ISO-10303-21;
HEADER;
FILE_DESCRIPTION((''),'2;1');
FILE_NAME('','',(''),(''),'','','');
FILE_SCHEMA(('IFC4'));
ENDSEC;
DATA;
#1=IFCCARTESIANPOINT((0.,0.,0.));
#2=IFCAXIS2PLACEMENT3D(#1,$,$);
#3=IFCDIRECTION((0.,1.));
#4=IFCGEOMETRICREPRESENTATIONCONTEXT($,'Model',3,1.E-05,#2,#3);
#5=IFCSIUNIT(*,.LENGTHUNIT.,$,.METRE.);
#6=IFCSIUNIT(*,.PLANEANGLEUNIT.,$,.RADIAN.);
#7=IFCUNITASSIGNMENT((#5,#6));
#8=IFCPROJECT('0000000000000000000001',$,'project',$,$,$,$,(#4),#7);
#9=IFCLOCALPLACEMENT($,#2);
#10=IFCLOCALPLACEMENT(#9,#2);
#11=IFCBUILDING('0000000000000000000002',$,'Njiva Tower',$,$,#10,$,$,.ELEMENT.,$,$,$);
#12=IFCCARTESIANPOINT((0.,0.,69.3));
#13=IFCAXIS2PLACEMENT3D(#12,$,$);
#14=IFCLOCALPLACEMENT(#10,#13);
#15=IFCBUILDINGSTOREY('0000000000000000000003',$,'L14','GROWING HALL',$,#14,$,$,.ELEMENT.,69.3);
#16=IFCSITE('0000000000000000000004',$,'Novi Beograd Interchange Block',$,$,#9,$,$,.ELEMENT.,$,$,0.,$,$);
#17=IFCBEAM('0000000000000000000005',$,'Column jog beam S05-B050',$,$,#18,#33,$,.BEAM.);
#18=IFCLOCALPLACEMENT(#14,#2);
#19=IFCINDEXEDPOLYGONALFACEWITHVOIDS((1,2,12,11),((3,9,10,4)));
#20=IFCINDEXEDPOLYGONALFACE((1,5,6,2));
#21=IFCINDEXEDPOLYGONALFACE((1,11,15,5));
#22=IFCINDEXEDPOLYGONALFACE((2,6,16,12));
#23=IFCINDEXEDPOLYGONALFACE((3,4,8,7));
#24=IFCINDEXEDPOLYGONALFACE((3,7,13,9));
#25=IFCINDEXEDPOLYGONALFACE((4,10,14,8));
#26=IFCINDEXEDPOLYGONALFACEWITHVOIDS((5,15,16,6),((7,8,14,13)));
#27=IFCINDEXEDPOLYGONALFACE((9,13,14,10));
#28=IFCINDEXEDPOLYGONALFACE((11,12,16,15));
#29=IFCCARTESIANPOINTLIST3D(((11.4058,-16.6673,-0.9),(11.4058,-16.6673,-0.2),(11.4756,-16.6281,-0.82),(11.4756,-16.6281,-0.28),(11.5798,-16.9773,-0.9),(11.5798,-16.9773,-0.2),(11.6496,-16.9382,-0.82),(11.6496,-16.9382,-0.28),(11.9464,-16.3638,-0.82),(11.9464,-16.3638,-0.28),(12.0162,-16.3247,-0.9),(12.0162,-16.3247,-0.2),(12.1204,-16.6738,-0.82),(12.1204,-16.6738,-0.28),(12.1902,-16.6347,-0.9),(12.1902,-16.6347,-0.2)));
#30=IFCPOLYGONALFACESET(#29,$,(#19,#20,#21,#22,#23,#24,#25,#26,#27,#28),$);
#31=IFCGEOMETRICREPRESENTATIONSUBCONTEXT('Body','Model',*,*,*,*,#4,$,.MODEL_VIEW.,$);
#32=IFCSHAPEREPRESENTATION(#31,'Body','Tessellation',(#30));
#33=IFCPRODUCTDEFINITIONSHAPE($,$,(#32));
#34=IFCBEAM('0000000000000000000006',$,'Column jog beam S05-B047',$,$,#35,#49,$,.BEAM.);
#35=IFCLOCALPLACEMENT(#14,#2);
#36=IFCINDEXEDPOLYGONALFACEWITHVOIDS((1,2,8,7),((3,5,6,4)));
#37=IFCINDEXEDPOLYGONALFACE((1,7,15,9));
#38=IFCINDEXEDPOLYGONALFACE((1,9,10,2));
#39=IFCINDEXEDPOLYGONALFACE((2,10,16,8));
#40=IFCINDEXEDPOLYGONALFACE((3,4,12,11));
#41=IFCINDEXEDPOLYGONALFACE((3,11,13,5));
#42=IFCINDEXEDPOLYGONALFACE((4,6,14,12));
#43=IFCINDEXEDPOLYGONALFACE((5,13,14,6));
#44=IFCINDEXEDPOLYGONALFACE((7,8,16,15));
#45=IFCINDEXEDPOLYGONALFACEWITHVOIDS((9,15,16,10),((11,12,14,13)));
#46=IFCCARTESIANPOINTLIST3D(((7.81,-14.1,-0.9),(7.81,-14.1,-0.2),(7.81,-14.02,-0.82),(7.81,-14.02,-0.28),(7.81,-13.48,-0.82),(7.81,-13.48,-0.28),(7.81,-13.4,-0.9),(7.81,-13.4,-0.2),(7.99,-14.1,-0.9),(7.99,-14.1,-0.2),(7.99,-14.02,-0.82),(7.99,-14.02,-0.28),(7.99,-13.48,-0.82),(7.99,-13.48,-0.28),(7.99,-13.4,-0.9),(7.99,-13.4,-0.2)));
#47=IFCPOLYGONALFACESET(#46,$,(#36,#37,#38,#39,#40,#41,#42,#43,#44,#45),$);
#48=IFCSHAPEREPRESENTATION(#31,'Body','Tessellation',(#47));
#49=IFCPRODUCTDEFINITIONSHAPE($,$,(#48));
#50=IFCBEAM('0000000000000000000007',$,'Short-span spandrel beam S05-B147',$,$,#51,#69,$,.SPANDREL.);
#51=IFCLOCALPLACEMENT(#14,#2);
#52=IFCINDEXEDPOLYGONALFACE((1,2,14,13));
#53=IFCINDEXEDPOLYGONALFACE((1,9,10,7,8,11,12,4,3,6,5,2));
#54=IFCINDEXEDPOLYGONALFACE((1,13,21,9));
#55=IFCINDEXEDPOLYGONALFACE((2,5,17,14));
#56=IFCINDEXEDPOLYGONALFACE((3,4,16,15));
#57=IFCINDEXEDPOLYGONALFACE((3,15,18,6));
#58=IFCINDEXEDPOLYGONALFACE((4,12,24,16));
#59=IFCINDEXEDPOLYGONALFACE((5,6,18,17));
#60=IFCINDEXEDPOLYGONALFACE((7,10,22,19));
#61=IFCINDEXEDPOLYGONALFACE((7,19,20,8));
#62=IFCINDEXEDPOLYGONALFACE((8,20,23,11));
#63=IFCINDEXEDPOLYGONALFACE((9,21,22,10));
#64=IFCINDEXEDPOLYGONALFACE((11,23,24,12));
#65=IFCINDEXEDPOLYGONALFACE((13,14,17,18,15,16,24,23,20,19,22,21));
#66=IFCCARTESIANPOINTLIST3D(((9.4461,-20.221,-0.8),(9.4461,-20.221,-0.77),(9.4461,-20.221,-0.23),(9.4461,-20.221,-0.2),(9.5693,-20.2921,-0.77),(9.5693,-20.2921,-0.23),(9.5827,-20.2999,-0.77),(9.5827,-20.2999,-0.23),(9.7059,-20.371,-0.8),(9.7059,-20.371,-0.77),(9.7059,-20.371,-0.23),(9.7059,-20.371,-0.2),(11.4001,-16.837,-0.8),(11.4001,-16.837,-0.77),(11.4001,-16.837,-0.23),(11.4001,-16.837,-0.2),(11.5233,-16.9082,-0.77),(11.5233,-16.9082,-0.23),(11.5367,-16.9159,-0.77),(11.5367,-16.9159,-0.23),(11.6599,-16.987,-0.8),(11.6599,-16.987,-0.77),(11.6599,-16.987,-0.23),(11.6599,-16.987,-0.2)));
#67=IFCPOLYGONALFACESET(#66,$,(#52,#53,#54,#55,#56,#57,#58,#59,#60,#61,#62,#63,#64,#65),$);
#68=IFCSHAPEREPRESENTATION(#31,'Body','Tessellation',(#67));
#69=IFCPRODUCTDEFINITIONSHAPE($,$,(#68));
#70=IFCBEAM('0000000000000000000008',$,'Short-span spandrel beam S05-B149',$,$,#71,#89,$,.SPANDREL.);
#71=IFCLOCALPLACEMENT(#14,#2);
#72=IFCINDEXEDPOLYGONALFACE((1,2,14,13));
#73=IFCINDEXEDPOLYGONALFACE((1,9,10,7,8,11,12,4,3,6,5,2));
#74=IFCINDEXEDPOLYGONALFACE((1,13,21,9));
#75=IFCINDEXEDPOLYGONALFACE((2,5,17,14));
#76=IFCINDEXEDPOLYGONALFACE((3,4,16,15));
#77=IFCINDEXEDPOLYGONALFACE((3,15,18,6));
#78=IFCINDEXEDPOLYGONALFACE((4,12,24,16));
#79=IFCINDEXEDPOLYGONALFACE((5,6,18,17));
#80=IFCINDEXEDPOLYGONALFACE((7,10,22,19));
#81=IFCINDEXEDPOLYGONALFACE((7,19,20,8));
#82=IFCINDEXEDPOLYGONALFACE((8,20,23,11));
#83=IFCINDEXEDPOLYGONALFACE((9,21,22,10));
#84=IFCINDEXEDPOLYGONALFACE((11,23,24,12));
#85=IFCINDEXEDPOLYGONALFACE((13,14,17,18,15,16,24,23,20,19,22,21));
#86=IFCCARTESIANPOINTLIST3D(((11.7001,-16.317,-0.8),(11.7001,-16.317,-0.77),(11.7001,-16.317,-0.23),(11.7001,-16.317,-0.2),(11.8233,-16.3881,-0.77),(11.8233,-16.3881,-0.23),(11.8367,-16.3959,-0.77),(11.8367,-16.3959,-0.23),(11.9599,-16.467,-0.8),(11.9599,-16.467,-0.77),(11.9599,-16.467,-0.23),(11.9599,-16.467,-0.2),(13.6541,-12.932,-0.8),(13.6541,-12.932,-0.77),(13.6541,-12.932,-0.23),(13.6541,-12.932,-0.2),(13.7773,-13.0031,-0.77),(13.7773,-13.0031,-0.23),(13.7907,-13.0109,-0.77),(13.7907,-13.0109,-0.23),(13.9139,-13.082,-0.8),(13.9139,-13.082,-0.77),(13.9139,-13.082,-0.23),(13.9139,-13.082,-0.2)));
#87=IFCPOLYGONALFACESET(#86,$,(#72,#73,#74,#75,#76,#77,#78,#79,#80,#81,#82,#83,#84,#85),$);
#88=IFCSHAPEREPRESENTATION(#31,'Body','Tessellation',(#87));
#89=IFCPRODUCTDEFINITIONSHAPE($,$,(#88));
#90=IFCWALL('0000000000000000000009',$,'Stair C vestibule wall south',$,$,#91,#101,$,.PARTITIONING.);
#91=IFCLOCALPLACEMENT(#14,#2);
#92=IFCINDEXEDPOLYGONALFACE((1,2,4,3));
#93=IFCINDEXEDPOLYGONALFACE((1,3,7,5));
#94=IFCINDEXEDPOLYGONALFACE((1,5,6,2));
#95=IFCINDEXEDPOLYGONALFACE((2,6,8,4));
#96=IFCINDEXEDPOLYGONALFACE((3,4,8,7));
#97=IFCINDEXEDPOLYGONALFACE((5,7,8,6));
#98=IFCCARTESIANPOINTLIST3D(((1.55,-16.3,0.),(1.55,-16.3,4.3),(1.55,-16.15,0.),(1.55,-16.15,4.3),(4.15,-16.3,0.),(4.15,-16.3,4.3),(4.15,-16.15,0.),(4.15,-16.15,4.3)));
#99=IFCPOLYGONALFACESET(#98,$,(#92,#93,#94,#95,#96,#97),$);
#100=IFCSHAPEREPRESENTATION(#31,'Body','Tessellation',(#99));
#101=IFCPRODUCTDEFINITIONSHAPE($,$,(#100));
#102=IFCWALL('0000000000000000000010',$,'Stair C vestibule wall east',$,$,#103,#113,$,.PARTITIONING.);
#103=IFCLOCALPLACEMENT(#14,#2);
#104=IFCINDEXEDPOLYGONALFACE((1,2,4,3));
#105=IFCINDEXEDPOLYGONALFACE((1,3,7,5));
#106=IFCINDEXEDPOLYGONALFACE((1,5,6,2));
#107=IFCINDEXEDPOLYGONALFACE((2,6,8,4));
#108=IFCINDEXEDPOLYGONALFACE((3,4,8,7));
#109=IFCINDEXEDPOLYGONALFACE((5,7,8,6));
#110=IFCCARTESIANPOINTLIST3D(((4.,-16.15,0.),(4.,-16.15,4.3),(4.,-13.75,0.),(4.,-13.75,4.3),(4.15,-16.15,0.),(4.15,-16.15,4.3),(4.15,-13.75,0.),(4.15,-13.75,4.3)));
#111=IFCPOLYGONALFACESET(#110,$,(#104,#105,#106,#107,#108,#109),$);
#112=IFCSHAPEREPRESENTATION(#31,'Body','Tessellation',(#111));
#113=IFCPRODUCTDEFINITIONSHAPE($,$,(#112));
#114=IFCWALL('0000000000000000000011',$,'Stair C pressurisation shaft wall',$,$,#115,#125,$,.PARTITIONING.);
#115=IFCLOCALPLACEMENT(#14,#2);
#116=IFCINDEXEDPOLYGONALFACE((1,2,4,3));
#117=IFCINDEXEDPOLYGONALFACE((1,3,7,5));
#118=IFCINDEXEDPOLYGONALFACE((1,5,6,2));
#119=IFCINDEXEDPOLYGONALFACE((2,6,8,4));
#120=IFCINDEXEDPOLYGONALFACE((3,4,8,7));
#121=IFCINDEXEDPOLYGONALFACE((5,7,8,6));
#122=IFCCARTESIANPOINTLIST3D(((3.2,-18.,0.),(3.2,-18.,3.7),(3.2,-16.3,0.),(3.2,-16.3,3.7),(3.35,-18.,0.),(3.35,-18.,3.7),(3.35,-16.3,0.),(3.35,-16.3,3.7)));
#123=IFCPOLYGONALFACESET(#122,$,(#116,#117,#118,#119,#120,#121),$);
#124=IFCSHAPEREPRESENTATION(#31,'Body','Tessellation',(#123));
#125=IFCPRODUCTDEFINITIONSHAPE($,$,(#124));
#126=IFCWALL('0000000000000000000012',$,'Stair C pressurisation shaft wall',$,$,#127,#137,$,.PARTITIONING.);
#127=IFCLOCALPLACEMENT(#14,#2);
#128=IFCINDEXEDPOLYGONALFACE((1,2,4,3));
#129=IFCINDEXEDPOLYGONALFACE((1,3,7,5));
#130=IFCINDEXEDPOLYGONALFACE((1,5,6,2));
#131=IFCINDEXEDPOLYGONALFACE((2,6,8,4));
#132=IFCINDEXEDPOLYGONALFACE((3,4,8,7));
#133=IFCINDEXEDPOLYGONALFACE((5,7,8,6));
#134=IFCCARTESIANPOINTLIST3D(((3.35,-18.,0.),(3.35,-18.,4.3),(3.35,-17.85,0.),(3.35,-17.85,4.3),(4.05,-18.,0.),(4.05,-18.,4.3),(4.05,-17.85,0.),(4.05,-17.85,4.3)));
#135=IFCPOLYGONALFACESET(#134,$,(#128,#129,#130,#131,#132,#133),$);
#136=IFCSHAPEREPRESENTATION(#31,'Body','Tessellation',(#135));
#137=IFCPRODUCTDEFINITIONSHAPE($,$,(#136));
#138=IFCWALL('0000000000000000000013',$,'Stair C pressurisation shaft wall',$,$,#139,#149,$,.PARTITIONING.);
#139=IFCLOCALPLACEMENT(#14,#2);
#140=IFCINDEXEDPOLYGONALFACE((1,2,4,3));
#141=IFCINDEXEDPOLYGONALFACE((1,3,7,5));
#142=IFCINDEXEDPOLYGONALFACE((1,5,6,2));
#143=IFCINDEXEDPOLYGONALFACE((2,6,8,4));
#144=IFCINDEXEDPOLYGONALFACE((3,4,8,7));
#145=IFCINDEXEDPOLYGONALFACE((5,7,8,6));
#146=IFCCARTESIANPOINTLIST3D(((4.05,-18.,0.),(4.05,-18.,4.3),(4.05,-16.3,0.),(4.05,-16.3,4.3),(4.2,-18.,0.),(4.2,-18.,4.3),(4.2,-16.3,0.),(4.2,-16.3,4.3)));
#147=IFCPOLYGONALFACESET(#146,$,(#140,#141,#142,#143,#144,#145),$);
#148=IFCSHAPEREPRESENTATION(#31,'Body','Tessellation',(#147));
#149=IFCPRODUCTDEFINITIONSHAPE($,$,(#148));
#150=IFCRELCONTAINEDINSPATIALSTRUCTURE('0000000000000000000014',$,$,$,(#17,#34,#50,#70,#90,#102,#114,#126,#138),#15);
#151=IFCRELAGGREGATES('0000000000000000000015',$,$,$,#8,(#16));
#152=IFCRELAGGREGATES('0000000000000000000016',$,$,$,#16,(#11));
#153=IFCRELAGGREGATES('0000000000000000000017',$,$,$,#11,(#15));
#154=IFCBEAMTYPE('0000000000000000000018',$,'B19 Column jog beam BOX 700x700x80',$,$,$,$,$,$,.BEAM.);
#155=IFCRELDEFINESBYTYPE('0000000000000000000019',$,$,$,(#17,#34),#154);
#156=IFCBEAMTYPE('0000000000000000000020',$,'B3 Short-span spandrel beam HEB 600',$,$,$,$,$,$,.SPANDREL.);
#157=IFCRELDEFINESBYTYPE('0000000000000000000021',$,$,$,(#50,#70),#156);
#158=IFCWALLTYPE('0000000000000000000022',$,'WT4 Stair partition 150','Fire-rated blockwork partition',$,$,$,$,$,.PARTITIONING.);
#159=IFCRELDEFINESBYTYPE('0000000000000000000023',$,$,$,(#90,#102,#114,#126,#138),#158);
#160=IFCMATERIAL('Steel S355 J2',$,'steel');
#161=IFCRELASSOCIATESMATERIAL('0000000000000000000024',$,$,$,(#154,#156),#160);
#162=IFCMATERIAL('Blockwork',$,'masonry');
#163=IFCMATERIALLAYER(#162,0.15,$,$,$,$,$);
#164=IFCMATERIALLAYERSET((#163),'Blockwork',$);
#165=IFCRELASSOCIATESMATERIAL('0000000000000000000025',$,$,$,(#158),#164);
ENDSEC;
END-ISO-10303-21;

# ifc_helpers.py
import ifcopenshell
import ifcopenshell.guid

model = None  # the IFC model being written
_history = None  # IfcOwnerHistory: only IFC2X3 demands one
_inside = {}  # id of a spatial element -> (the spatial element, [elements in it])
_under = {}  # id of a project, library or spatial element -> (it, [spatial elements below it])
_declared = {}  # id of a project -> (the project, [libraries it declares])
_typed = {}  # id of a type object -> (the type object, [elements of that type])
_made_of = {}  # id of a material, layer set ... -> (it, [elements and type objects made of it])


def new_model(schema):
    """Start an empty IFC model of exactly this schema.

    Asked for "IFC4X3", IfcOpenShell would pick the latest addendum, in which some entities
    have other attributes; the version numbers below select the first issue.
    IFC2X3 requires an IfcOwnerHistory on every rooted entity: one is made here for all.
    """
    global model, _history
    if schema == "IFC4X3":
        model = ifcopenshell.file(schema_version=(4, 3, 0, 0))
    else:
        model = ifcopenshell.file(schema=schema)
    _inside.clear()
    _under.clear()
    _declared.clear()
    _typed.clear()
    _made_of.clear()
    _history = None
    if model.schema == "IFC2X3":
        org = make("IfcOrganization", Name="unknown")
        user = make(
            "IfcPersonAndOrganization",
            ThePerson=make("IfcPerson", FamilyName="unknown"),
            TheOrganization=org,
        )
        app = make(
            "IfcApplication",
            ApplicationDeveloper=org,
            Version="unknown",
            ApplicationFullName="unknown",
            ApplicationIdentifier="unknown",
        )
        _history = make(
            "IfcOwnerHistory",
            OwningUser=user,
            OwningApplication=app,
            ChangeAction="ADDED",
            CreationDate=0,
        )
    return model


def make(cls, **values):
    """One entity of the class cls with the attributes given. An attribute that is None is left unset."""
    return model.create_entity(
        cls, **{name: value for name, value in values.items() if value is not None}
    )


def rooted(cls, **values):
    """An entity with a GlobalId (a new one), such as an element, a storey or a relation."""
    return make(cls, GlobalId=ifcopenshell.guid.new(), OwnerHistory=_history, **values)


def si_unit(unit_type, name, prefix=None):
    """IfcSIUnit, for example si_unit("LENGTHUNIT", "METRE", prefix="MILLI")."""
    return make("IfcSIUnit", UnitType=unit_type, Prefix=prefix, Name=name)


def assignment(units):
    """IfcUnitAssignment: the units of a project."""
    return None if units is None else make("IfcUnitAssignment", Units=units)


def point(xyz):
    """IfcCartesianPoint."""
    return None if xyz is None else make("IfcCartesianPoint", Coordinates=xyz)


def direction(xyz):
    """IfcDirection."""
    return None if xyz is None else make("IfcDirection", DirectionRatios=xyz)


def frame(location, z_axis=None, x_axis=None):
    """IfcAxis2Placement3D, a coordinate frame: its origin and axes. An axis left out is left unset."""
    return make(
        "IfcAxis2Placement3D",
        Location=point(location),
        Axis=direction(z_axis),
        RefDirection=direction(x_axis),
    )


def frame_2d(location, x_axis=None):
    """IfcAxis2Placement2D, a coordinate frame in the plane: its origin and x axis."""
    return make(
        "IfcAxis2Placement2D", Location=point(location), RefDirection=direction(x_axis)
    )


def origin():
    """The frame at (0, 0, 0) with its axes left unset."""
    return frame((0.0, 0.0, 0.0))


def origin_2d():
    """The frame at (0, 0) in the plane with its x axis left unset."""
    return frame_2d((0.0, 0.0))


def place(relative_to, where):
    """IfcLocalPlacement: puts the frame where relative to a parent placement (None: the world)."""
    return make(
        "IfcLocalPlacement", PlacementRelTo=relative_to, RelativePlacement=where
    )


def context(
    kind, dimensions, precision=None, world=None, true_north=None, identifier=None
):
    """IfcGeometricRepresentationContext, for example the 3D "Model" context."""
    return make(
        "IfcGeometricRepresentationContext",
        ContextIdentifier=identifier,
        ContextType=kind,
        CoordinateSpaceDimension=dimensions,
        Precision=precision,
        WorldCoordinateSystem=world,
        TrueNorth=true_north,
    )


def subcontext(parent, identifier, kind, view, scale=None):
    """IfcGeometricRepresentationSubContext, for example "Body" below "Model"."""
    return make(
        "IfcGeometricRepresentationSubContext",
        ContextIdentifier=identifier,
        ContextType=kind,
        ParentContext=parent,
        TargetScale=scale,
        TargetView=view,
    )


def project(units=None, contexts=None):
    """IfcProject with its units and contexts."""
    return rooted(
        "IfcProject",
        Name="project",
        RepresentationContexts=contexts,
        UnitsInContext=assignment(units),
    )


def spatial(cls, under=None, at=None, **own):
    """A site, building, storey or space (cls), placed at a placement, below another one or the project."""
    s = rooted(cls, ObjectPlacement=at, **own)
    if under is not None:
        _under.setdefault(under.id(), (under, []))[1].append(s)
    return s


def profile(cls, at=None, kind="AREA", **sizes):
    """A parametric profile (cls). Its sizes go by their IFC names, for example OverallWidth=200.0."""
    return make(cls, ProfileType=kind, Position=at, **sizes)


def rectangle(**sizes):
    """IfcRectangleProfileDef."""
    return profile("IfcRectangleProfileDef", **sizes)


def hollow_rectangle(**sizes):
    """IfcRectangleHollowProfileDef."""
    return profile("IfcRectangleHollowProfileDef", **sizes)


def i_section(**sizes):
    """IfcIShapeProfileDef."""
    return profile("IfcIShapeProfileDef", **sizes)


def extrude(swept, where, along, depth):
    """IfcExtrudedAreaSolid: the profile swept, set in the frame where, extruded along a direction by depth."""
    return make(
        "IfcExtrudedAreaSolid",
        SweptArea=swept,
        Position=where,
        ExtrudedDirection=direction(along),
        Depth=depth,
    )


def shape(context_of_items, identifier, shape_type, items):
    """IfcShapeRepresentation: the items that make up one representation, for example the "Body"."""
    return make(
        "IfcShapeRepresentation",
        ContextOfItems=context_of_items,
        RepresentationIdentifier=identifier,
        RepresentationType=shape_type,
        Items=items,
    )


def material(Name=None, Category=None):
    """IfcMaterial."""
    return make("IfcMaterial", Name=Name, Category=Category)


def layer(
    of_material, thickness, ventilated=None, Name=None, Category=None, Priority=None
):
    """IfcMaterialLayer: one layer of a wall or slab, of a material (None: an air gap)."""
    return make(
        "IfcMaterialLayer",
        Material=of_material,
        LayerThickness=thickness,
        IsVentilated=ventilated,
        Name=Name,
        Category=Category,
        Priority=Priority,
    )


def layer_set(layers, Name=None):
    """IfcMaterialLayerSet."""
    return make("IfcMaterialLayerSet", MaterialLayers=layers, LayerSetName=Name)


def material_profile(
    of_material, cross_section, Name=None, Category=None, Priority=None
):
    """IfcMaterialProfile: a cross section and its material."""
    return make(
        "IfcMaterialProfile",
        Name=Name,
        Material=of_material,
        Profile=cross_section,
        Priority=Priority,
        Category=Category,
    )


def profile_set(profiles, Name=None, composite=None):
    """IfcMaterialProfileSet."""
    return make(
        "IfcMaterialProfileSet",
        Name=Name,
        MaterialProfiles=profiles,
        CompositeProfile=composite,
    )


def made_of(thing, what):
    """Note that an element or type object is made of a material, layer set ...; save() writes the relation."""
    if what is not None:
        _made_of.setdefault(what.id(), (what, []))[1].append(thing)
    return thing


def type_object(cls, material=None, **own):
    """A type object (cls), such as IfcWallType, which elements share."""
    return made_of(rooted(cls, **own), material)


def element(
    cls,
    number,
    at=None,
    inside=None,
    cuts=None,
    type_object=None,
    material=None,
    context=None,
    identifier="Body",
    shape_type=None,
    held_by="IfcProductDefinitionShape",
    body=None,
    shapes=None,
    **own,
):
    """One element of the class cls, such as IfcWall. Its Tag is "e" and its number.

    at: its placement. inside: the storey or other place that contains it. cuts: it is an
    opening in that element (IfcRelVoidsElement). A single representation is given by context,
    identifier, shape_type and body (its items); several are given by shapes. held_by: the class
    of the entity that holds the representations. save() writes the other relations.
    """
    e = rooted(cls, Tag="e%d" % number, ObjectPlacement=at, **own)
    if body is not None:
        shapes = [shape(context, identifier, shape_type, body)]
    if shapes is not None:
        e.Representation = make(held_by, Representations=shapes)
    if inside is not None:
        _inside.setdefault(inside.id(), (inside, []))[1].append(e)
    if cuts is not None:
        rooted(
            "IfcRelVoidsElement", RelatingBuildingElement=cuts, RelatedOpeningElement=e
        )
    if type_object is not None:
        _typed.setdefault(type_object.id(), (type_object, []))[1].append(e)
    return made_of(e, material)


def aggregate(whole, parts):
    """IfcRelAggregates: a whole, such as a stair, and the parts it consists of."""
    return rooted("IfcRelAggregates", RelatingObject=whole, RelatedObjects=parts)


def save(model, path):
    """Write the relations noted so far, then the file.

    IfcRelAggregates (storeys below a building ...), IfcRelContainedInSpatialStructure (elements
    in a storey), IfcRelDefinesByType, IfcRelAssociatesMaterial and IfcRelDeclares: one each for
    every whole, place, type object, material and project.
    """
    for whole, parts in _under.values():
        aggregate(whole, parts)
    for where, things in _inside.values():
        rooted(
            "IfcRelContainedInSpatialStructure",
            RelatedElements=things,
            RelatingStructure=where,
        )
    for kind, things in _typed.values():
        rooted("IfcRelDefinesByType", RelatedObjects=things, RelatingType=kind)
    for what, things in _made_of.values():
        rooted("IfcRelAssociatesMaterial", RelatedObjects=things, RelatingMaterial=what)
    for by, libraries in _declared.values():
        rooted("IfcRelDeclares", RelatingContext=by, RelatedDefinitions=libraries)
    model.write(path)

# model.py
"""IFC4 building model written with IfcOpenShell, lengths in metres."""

from ifc_helpers import new_model, si_unit, direction, frame, frame_2d, origin, origin_2d, place, context, subcontext, project, spatial, rectangle, hollow_rectangle, i_section, extrude, material, layer, layer_set, material_profile, profile_set, type_object, element, save


model = new_model("IFC4")

# Units and contexts
model_context = context("Model", 3, precision=1e-05, world=origin(), true_north=direction((0.0, 1.0)))
body_context = subcontext(model_context, "Body", "Model", "MODEL_VIEW")
ifc_project = project(units=[si_unit("LENGTHUNIT", "METRE"), si_unit("PLANEANGLEUNIT", "RADIAN")], contexts=[model_context])

# Site, building, storey
site_placement = place(None, origin())
site = spatial("IfcSite", under=ifc_project, at=site_placement, Name="Novi Beograd Interchange Block", CompositionType="ELEMENT", RefElevation=0.0)
building_placement = place(site_placement, origin())
building = spatial("IfcBuilding", under=site, at=building_placement, Name="Njiva Tower", CompositionType="ELEMENT")
storey_placement = place(building_placement, frame((0.0, 0.0, 69.3)))
storey = spatial("IfcBuildingStorey", under=building, at=storey_placement, Name="L14", Description="GROWING HALL", CompositionType="ELEMENT", Elevation=69.3)

# Shared definitions
ifc_material_1 = material(Name="Steel S355 J2", Category="steel")

# Beams
ifc_material_profile_1 = material_profile(ifc_material_1, hollow_rectangle(XDim=0.7, YDim=0.7, WallThickness=0.08, at=origin_2d()), Name="BOX 700x700x80")
ifc_profile_set_1 = profile_set([ifc_material_profile_1], Name="Steel S355 J2")
beam_type_1 = type_object("IfcBeamType", Name="B19 Column jog beam BOX 700x700x80", PredefinedType="BEAM", material=ifc_profile_set_1)
beam_1_placement = place(storey_placement, frame((11.885, -16.806, -0.55), z_axis=(-0.48946, 0.872026, 0.0), x_axis=(-0.872026, -0.48946, 0.0)))
element("IfcBeam", 1, at=beam_1_placement, inside=storey, type_object=beam_type_1, Name="Column jog beam S05-B050", PredefinedType="BEAM", context=body_context, shape_type="SweptSolid", body=[
    extrude(hollow_rectangle(XDim=0.7, YDim=0.7, WallThickness=0.08, at=origin_2d()), origin(), (0.0, 0.0, 1.0), 0.3555),
])
beam_2_placement = place(storey_placement, frame((7.99, -13.75, -0.55), z_axis=(-1.0, 0.0, 0.0), x_axis=(0.0, -1.0, 0.0)))
element("IfcBeam", 2, at=beam_2_placement, inside=storey, type_object=beam_type_1, Name="Column jog beam S05-B047", PredefinedType="BEAM", context=body_context, shape_type="SweptSolid", body=[
    extrude(hollow_rectangle(XDim=0.7, YDim=0.7, WallThickness=0.08, at=origin_2d()), origin(), (0.0, 0.0, 1.0), 0.18),
])
ifc_material_profile_2 = material_profile(ifc_material_1, i_section(OverallWidth=0.3, OverallDepth=0.6, WebThickness=0.0155, FlangeThickness=0.03, at=origin_2d()), Name="HEB 600")
ifc_profile_set_2 = profile_set([ifc_material_profile_2], Name="Steel S355 J2")
beam_type_2 = type_object("IfcBeamType", Name="B3 Short-span spandrel beam HEB 600", PredefinedType="SPANDREL", material=ifc_profile_set_2)
beam_3_placement = place(storey_placement, frame((9.576, -20.296, -0.5), z_axis=(0.500047, 0.865998, 0.0), x_axis=(-0.865998, 0.500047, 0.0)))
element("IfcBeam", 3, at=beam_3_placement, inside=storey, type_object=beam_type_2, Name="Short-span spandrel beam S05-B147", PredefinedType="SPANDREL", context=body_context, shape_type="SweptSolid", body=[
    extrude(i_section(OverallWidth=0.3, OverallDepth=0.6, WebThickness=0.0155, FlangeThickness=0.03, at=origin_2d()), origin(), (0.0, 0.0, 1.0), 3.9076),
])
beam_4_placement = place(storey_placement, frame((11.83, -16.392, -0.5), z_axis=(0.499937, 0.866062, 0.0), x_axis=(-0.866062, 0.499937, 0.0)))
element("IfcBeam", 4, at=beam_4_placement, inside=storey, type_object=beam_type_2, Name="Short-span spandrel beam S05-B149", PredefinedType="SPANDREL", context=body_context, shape_type="SweptSolid", body=[
    extrude(i_section(OverallWidth=0.3, OverallDepth=0.6, WebThickness=0.0155, FlangeThickness=0.03, at=origin_2d()), origin(), (0.0, 0.0, 1.0), 3.9085),
])

# Walls
ifc_material_2 = material(Name="Blockwork", Category="masonry")
ifc_layer = layer(ifc_material_2, 0.15)
ifc_layer_set = layer_set([ifc_layer], Name="Blockwork")
wall_type = type_object("IfcWallType", Name="WT4 Stair partition 150", Description="Fire-rated blockwork partition", PredefinedType="PARTITIONING", material=ifc_layer_set)
wall_1_placement = place(storey_placement, frame((1.55, -16.225, 0.0), z_axis=(0.0, 0.0, 1.0), x_axis=(1.0, 0.0, 0.0)))
element("IfcWall", 5, at=wall_1_placement, inside=storey, type_object=wall_type, Name="Stair C vestibule wall south", PredefinedType="PARTITIONING", context=body_context, shape_type="SweptSolid", body=[
    extrude(rectangle(XDim=2.6, YDim=0.15, at=frame_2d((1.3, 0.0))), origin(), (0.0, 0.0, 1.0), 4.3),
])
wall_2_placement = place(storey_placement, frame((4.075, -16.15, 0.0), z_axis=(0.0, 0.0, 1.0), x_axis=(0.0, 1.0, 0.0)))
element("IfcWall", 6, at=wall_2_placement, inside=storey, type_object=wall_type, Name="Stair C vestibule wall east", PredefinedType="PARTITIONING", context=body_context, shape_type="SweptSolid", body=[
    extrude(rectangle(XDim=2.4, YDim=0.15, at=frame_2d((1.2, 0.0))), origin(), (0.0, 0.0, 1.0), 4.3),
])
wall_3_placement = place(storey_placement, frame((3.275, -18.0, 0.0), z_axis=(0.0, 0.0, 1.0), x_axis=(0.0, 1.0, 0.0)))
element("IfcWall", 7, at=wall_3_placement, inside=storey, type_object=wall_type, Name="Stair C pressurisation shaft wall", PredefinedType="PARTITIONING", context=body_context, shape_type="SweptSolid", body=[
    extrude(rectangle(XDim=1.7, YDim=0.15, at=frame_2d((0.85, 0.0))), origin(), (0.0, 0.0, 1.0), 3.7),
])
wall_4_placement = place(storey_placement, frame((3.35, -17.925, 0.0), z_axis=(0.0, 0.0, 1.0), x_axis=(1.0, 0.0, 0.0)))
element("IfcWall", 8, at=wall_4_placement, inside=storey, type_object=wall_type, Name="Stair C pressurisation shaft wall", PredefinedType="PARTITIONING", context=body_context, shape_type="SweptSolid", body=[
    extrude(rectangle(XDim=0.7, YDim=0.15, at=frame_2d((0.35, 0.0))), origin(), (0.0, 0.0, 1.0), 4.3),
])
wall_5_placement = place(storey_placement, frame((4.125, -18.0, 0.0), z_axis=(0.0, 0.0, 1.0), x_axis=(0.0, 1.0, 0.0)))
element("IfcWall", 9, at=wall_5_placement, inside=storey, type_object=wall_type, Name="Stair C pressurisation shaft wall", PredefinedType="PARTITIONING", context=body_context, shape_type="SweptSolid", body=[
    extrude(rectangle(XDim=1.7, YDim=0.15, at=frame_2d((0.85, 0.0))), origin(), (0.0, 0.0, 1.0), 4.3),
])

save(model, "model.ifc")
